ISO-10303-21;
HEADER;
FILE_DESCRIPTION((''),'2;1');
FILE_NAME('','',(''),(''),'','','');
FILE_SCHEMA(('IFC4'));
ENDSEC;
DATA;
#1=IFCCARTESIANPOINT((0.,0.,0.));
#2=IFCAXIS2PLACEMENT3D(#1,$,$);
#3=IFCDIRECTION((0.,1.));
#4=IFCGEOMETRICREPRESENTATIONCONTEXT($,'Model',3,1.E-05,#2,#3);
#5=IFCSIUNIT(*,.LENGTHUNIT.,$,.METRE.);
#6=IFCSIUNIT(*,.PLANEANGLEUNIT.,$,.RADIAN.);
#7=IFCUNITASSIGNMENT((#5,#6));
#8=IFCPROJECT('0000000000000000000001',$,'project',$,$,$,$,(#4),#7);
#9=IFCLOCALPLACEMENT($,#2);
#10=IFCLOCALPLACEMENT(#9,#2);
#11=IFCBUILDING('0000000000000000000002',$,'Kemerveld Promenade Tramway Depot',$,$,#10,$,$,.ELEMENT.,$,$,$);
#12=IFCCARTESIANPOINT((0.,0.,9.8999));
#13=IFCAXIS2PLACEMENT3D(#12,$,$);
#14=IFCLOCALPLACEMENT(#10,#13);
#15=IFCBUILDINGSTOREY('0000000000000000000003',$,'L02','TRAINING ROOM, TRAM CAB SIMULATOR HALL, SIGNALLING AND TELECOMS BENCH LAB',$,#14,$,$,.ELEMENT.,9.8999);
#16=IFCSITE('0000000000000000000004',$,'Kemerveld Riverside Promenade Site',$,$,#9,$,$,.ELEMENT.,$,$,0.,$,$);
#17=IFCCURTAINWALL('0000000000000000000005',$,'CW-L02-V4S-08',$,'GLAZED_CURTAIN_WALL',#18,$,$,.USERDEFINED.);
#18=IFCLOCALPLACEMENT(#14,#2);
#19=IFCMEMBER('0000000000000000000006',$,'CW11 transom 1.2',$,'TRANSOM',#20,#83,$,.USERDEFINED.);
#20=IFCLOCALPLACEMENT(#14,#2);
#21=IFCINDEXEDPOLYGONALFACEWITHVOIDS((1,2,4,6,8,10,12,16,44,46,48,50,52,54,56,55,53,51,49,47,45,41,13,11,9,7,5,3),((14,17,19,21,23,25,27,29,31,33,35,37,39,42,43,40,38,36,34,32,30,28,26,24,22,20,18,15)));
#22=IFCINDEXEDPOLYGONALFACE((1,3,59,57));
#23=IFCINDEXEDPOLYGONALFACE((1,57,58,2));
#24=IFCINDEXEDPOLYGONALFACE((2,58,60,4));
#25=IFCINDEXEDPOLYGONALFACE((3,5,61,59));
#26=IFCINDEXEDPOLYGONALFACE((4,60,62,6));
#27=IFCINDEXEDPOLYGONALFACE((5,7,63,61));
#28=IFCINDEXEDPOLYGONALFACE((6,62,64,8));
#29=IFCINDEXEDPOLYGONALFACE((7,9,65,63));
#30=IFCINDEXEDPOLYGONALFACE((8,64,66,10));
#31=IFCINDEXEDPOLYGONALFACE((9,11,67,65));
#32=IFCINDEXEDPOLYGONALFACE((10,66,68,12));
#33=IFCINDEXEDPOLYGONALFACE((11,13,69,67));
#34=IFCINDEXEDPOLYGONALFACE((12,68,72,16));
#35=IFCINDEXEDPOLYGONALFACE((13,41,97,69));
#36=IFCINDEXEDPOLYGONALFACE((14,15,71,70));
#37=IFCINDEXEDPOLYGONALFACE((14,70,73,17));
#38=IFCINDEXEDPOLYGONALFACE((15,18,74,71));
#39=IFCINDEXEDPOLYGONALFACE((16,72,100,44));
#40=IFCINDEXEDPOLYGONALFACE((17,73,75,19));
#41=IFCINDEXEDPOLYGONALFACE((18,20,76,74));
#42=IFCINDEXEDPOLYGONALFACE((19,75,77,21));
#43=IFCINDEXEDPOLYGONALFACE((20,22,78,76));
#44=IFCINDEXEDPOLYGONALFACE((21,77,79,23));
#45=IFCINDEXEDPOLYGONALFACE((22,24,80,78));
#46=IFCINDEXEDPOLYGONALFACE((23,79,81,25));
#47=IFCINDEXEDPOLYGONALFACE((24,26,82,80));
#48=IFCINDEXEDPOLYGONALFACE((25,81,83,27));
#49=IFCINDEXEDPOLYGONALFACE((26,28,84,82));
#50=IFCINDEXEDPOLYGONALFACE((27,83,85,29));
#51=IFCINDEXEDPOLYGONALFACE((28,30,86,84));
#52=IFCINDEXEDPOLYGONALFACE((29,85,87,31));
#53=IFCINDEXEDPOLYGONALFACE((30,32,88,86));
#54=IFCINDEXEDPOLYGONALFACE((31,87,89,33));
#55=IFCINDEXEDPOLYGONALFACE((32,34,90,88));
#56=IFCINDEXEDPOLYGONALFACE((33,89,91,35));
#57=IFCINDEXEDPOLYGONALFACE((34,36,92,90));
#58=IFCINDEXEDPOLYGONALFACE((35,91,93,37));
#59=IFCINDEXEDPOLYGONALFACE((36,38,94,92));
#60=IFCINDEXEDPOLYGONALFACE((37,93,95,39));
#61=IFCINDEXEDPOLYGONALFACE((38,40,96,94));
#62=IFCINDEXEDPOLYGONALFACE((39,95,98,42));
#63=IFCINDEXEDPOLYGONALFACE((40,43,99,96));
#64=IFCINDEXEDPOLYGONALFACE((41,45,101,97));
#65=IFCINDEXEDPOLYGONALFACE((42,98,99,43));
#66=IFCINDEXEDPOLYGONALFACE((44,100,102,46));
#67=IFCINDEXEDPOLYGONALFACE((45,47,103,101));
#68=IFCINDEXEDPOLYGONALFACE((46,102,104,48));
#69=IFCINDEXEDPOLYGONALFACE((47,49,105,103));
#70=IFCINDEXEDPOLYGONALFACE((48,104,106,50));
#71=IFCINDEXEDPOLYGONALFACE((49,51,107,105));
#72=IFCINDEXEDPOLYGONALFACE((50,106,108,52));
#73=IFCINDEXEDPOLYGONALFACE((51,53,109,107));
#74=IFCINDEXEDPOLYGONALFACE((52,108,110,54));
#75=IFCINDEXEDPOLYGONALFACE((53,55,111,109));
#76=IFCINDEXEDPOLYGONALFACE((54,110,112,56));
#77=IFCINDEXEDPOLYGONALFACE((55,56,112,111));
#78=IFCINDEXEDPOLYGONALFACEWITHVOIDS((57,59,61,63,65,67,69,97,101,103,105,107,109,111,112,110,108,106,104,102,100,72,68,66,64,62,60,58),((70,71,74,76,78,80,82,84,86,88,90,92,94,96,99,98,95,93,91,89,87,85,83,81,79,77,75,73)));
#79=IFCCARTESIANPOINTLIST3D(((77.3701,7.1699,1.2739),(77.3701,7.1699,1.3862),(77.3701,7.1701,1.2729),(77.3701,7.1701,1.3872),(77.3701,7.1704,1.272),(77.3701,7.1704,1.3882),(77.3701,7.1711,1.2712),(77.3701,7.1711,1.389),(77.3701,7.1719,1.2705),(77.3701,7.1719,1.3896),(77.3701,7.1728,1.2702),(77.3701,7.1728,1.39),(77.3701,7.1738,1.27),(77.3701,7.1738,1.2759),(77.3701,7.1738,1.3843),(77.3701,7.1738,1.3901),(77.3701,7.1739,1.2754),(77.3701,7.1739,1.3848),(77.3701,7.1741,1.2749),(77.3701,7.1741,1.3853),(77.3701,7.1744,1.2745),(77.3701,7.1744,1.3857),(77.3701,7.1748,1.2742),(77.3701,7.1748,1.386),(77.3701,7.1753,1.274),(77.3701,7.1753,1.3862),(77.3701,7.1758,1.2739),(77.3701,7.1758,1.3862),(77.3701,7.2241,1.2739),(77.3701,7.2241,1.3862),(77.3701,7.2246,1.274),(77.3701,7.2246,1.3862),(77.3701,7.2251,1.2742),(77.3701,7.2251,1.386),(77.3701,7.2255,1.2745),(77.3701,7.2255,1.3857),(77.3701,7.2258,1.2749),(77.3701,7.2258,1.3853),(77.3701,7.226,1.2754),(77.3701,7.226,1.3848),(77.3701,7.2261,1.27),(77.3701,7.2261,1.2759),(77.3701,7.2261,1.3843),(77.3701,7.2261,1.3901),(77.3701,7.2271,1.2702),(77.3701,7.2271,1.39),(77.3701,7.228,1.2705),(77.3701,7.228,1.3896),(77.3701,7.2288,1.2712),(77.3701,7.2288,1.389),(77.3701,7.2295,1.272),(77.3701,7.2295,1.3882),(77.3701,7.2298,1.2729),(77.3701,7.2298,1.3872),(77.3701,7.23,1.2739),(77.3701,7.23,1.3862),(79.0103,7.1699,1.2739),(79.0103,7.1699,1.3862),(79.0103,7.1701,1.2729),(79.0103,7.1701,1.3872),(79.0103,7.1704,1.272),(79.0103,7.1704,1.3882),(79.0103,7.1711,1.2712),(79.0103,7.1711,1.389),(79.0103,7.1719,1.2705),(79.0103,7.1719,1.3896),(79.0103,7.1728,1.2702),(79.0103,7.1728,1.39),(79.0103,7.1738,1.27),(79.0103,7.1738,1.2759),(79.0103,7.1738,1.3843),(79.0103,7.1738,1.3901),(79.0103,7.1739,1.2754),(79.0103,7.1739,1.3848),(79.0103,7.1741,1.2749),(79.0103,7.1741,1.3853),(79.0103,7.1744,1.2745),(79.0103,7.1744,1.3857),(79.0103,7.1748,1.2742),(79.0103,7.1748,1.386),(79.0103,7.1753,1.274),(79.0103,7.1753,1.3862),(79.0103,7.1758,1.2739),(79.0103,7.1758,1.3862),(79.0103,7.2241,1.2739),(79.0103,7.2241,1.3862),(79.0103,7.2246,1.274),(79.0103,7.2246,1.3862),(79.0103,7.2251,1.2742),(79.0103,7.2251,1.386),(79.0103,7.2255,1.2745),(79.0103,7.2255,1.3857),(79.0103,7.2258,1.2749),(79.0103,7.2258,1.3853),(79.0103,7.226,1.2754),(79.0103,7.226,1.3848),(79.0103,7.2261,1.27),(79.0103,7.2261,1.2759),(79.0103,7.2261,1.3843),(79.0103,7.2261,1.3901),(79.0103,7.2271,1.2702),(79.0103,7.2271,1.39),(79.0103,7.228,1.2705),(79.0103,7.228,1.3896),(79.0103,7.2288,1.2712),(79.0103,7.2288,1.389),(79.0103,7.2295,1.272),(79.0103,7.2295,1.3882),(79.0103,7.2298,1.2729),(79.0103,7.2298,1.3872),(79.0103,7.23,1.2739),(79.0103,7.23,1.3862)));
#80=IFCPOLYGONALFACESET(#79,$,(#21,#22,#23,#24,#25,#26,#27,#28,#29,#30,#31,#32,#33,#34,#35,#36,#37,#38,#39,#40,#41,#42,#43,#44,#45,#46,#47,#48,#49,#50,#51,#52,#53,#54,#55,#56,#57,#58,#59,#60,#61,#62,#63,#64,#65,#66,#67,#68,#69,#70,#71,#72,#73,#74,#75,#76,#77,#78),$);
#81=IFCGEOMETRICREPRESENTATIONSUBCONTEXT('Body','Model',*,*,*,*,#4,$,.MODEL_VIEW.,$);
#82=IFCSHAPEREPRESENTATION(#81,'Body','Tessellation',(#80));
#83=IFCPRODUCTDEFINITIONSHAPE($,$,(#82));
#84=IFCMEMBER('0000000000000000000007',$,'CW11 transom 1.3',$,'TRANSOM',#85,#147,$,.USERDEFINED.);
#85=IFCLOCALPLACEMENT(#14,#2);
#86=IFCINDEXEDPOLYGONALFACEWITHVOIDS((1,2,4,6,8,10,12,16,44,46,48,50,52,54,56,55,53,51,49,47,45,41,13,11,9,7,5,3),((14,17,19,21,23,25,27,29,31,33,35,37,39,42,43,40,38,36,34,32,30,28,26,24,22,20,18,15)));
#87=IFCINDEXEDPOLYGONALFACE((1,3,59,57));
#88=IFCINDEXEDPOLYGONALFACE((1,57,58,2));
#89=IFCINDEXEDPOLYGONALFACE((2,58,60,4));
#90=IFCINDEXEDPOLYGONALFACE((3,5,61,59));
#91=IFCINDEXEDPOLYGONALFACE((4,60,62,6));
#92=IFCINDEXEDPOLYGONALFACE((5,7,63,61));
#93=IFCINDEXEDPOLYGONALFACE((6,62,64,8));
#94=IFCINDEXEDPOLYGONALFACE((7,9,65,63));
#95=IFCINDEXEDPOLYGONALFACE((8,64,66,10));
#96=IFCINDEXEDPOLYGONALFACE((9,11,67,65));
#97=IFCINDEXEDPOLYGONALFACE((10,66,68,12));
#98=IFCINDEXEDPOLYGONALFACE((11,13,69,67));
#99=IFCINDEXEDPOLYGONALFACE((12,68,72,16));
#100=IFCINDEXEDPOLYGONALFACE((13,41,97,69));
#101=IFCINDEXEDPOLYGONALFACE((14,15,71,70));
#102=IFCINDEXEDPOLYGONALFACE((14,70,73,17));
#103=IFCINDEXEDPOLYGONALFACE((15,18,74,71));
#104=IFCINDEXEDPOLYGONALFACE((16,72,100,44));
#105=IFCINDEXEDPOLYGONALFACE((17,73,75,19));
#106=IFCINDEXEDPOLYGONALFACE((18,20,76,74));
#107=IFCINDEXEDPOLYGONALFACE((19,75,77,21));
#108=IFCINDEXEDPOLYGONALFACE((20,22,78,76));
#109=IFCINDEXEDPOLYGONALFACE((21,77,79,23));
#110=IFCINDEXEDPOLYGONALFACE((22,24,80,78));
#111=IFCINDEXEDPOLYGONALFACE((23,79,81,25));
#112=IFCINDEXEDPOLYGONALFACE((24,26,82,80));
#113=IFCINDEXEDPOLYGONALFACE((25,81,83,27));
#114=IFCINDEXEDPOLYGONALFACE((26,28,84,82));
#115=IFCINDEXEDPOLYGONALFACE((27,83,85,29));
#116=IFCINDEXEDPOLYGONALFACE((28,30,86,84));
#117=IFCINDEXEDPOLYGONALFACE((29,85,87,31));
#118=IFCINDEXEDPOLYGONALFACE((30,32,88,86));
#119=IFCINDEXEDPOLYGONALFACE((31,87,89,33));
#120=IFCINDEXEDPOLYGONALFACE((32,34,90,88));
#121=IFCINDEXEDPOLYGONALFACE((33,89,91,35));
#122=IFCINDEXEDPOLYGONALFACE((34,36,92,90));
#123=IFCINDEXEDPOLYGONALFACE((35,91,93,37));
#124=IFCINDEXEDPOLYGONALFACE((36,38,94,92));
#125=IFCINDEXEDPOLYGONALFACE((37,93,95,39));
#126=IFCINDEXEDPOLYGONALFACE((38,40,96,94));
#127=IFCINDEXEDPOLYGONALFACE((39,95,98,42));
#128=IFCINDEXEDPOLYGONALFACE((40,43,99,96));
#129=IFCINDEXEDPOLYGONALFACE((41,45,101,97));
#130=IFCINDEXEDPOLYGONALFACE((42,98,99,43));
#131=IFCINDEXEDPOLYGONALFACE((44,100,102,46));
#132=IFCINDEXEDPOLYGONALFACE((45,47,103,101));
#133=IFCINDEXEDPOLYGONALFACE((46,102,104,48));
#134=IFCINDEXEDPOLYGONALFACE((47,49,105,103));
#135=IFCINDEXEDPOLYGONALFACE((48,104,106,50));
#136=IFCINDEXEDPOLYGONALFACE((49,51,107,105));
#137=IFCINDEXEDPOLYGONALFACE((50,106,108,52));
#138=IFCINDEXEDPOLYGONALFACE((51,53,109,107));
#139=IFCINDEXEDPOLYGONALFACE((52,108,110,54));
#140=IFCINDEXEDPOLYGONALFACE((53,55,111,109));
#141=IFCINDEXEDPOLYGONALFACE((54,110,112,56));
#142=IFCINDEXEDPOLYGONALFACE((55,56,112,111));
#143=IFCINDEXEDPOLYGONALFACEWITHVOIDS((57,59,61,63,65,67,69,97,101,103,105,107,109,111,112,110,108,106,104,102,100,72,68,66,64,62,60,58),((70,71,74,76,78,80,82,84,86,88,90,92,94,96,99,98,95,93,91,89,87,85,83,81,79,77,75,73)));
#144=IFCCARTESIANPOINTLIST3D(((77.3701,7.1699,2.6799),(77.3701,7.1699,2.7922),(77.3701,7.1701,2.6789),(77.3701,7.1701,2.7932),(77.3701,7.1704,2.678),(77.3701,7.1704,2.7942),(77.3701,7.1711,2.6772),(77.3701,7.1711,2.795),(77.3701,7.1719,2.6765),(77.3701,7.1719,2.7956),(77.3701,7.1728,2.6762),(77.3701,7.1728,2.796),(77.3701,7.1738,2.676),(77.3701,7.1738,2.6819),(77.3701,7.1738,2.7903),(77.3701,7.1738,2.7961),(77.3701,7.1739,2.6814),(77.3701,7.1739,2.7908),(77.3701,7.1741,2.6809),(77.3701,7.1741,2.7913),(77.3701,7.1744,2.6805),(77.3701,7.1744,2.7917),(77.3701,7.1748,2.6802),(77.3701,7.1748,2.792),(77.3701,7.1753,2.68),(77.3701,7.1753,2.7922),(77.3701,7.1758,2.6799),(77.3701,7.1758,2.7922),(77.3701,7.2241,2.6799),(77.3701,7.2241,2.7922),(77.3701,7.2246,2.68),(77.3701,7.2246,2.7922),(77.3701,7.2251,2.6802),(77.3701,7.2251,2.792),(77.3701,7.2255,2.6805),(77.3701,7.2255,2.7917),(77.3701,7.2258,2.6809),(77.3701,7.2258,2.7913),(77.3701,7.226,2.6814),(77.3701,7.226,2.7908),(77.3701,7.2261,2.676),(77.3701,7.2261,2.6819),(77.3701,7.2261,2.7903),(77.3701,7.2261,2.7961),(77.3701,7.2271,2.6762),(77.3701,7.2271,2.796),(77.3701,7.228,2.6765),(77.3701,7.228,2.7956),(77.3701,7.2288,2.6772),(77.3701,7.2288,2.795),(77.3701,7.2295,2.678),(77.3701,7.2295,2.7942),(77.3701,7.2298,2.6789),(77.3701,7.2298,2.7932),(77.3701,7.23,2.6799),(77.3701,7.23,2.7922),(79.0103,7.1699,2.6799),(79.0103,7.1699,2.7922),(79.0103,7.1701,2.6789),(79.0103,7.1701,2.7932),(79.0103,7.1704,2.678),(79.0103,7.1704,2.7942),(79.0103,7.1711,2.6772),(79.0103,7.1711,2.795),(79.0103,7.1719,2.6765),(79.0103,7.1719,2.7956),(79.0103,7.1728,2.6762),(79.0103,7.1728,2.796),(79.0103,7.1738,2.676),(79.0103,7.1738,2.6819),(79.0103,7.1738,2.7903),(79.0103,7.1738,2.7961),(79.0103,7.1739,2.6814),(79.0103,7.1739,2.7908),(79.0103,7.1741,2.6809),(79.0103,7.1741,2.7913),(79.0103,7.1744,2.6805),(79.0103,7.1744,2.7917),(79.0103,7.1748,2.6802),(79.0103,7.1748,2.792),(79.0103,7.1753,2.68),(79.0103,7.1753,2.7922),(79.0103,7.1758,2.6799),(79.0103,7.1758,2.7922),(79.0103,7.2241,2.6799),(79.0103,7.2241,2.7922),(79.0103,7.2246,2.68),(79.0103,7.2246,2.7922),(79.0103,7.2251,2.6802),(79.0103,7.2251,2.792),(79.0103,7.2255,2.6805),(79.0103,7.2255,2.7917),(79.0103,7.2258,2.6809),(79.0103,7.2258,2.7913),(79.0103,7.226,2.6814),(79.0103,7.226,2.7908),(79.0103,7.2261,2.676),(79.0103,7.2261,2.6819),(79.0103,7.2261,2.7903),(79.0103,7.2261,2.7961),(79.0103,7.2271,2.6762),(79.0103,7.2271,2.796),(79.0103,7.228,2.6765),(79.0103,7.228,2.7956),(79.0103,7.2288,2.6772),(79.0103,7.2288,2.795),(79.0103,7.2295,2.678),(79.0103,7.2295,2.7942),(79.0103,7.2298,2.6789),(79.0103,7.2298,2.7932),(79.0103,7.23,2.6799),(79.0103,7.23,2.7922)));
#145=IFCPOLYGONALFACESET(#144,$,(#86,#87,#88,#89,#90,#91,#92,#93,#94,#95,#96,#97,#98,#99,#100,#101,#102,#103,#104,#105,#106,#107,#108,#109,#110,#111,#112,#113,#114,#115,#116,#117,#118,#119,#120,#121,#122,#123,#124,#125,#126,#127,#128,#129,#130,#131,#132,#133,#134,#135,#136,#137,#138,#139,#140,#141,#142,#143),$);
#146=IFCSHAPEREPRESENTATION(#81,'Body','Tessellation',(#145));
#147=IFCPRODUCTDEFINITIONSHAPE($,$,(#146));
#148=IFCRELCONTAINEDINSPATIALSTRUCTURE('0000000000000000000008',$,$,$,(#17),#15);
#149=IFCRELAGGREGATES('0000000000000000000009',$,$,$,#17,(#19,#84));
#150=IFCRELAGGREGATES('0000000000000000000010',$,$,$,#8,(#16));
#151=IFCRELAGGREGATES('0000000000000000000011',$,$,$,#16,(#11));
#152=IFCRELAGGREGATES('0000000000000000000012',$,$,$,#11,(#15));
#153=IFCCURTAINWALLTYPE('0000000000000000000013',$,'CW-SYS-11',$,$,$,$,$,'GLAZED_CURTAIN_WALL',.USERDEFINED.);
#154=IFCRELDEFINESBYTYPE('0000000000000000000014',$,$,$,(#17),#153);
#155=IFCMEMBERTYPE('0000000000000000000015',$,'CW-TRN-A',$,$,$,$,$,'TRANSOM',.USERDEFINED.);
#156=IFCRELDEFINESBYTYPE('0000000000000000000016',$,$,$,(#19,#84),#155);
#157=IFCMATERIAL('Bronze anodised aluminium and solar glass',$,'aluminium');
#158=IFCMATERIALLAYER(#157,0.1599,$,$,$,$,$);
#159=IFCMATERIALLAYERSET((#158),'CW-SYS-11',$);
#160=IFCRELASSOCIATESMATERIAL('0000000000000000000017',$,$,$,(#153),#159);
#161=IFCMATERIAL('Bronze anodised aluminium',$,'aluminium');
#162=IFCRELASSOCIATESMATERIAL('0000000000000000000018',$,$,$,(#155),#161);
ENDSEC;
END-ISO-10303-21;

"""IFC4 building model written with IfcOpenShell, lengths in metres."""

from ifc_helpers import new_model, si_unit, direction, frame, origin, origin_2d, place, context, subcontext, project, spatial, hollow_rectangle, extrude, material, layer, layer_set, material_profile, profile_set, type_object, element, aggregate, save


model = new_model("IFC4")

# Units and contexts
model_context = context("Model", 3, precision=1e-05, world=origin(), true_north=direction((0.0, 1.0)))
body_context = subcontext(model_context, "Body", "Model", "MODEL_VIEW")
ifc_project = project(units=[si_unit("LENGTHUNIT", "METRE"), si_unit("PLANEANGLEUNIT", "RADIAN")], contexts=[model_context])

# Site, building, storey
site_placement = place(None, origin())
site = spatial("IfcSite", under=ifc_project, at=site_placement, Name="Kemerveld Riverside Promenade Site", CompositionType="ELEMENT", RefElevation=0.0)
building_placement = place(site_placement, origin())
building = spatial("IfcBuilding", under=site, at=building_placement, Name="Kemerveld Promenade Tramway Depot", CompositionType="ELEMENT")
storey_placement = place(building_placement, frame((0.0, 0.0, 9.8999)))
storey = spatial("IfcBuildingStorey", under=building, at=storey_placement, Name="L02", Description="TRAINING ROOM, TRAM CAB SIMULATOR HALL, SIGNALLING AND TELECOMS BENCH LAB", CompositionType="ELEMENT", Elevation=9.8999)

# Curtain wall, members
ifc_material_1 = material(Name="Bronze anodised aluminium and solar glass", Category="aluminium")
ifc_layer_1 = layer(ifc_material_1, 0.1599)
ifc_layer_set_1 = layer_set([ifc_layer_1], Name="CW-SYS-11")
curtain_wall_type = type_object("IfcCurtainWallType", Name="CW-SYS-11", ElementType="GLAZED_CURTAIN_WALL", PredefinedType="USERDEFINED", material=ifc_layer_set_1)
curtain_wall_placement = place(storey_placement, origin())
curtain_wall = element("IfcCurtainWall", 1, at=curtain_wall_placement, inside=storey, type_object=curtain_wall_type, Name="CW-L02-V4S-08", ObjectType="GLAZED_CURTAIN_WALL", PredefinedType="USERDEFINED")
ifc_material_2 = material(Name="Bronze anodised aluminium", Category="aluminium")
ifc_material_profile_1 = material_profile(ifc_material_2, hollow_rectangle(XDim=0.0601, YDim=0.1201, WallThickness=0.0039, InnerFilletRadius=0.002, OuterFilletRadius=0.0039, at=origin_2d()), Name="CW-TRN-120x60")
ifc_profile_set_1 = profile_set([ifc_material_profile_1], Name="Bronze anodised aluminium")
member_type_1 = type_object("IfcMemberType", Name="CW-TRN-A", ElementType="TRANSOM", PredefinedType="USERDEFINED", material=ifc_profile_set_1)
member_1_placement = place(storey_placement, frame((79.0103, 7.2, 1.3301), z_axis=(-1.0, 0.0, 0.0), x_axis=(0.0, -1.0, 0.0)))
member_1 = element("IfcMember", 2, at=member_1_placement, type_object=member_type_1, Name="CW11 transom 1.2", ObjectType="TRANSOM", PredefinedType="USERDEFINED", context=body_context, shape_type="SweptSolid", body=[
    extrude(hollow_rectangle(XDim=0.0601, YDim=0.1201, WallThickness=0.0039, InnerFilletRadius=0.002, OuterFilletRadius=0.0039, at=origin_2d()), origin(), (0.0, 0.0, 1.0), 1.6401),
])
member_2_placement = place(storey_placement, frame((79.0103, 7.2, 2.7361), z_axis=(-1.0, 0.0, 0.0), x_axis=(0.0, -1.0, 0.0)))
member_2 = element("IfcMember", 3, at=member_2_placement, type_object=member_type_1, Name="CW11 transom 1.3", ObjectType="TRANSOM", PredefinedType="USERDEFINED", context=body_context, shape_type="SweptSolid", body=[
    extrude(hollow_rectangle(XDim=0.0601, YDim=0.1201, WallThickness=0.0039, InnerFilletRadius=0.002, OuterFilletRadius=0.0039, at=origin_2d()), origin(), (0.0, 0.0, 1.0), 1.6401),
])
aggregate(curtain_wall, [member_1, member_2])

save(model, "model.ifc")
